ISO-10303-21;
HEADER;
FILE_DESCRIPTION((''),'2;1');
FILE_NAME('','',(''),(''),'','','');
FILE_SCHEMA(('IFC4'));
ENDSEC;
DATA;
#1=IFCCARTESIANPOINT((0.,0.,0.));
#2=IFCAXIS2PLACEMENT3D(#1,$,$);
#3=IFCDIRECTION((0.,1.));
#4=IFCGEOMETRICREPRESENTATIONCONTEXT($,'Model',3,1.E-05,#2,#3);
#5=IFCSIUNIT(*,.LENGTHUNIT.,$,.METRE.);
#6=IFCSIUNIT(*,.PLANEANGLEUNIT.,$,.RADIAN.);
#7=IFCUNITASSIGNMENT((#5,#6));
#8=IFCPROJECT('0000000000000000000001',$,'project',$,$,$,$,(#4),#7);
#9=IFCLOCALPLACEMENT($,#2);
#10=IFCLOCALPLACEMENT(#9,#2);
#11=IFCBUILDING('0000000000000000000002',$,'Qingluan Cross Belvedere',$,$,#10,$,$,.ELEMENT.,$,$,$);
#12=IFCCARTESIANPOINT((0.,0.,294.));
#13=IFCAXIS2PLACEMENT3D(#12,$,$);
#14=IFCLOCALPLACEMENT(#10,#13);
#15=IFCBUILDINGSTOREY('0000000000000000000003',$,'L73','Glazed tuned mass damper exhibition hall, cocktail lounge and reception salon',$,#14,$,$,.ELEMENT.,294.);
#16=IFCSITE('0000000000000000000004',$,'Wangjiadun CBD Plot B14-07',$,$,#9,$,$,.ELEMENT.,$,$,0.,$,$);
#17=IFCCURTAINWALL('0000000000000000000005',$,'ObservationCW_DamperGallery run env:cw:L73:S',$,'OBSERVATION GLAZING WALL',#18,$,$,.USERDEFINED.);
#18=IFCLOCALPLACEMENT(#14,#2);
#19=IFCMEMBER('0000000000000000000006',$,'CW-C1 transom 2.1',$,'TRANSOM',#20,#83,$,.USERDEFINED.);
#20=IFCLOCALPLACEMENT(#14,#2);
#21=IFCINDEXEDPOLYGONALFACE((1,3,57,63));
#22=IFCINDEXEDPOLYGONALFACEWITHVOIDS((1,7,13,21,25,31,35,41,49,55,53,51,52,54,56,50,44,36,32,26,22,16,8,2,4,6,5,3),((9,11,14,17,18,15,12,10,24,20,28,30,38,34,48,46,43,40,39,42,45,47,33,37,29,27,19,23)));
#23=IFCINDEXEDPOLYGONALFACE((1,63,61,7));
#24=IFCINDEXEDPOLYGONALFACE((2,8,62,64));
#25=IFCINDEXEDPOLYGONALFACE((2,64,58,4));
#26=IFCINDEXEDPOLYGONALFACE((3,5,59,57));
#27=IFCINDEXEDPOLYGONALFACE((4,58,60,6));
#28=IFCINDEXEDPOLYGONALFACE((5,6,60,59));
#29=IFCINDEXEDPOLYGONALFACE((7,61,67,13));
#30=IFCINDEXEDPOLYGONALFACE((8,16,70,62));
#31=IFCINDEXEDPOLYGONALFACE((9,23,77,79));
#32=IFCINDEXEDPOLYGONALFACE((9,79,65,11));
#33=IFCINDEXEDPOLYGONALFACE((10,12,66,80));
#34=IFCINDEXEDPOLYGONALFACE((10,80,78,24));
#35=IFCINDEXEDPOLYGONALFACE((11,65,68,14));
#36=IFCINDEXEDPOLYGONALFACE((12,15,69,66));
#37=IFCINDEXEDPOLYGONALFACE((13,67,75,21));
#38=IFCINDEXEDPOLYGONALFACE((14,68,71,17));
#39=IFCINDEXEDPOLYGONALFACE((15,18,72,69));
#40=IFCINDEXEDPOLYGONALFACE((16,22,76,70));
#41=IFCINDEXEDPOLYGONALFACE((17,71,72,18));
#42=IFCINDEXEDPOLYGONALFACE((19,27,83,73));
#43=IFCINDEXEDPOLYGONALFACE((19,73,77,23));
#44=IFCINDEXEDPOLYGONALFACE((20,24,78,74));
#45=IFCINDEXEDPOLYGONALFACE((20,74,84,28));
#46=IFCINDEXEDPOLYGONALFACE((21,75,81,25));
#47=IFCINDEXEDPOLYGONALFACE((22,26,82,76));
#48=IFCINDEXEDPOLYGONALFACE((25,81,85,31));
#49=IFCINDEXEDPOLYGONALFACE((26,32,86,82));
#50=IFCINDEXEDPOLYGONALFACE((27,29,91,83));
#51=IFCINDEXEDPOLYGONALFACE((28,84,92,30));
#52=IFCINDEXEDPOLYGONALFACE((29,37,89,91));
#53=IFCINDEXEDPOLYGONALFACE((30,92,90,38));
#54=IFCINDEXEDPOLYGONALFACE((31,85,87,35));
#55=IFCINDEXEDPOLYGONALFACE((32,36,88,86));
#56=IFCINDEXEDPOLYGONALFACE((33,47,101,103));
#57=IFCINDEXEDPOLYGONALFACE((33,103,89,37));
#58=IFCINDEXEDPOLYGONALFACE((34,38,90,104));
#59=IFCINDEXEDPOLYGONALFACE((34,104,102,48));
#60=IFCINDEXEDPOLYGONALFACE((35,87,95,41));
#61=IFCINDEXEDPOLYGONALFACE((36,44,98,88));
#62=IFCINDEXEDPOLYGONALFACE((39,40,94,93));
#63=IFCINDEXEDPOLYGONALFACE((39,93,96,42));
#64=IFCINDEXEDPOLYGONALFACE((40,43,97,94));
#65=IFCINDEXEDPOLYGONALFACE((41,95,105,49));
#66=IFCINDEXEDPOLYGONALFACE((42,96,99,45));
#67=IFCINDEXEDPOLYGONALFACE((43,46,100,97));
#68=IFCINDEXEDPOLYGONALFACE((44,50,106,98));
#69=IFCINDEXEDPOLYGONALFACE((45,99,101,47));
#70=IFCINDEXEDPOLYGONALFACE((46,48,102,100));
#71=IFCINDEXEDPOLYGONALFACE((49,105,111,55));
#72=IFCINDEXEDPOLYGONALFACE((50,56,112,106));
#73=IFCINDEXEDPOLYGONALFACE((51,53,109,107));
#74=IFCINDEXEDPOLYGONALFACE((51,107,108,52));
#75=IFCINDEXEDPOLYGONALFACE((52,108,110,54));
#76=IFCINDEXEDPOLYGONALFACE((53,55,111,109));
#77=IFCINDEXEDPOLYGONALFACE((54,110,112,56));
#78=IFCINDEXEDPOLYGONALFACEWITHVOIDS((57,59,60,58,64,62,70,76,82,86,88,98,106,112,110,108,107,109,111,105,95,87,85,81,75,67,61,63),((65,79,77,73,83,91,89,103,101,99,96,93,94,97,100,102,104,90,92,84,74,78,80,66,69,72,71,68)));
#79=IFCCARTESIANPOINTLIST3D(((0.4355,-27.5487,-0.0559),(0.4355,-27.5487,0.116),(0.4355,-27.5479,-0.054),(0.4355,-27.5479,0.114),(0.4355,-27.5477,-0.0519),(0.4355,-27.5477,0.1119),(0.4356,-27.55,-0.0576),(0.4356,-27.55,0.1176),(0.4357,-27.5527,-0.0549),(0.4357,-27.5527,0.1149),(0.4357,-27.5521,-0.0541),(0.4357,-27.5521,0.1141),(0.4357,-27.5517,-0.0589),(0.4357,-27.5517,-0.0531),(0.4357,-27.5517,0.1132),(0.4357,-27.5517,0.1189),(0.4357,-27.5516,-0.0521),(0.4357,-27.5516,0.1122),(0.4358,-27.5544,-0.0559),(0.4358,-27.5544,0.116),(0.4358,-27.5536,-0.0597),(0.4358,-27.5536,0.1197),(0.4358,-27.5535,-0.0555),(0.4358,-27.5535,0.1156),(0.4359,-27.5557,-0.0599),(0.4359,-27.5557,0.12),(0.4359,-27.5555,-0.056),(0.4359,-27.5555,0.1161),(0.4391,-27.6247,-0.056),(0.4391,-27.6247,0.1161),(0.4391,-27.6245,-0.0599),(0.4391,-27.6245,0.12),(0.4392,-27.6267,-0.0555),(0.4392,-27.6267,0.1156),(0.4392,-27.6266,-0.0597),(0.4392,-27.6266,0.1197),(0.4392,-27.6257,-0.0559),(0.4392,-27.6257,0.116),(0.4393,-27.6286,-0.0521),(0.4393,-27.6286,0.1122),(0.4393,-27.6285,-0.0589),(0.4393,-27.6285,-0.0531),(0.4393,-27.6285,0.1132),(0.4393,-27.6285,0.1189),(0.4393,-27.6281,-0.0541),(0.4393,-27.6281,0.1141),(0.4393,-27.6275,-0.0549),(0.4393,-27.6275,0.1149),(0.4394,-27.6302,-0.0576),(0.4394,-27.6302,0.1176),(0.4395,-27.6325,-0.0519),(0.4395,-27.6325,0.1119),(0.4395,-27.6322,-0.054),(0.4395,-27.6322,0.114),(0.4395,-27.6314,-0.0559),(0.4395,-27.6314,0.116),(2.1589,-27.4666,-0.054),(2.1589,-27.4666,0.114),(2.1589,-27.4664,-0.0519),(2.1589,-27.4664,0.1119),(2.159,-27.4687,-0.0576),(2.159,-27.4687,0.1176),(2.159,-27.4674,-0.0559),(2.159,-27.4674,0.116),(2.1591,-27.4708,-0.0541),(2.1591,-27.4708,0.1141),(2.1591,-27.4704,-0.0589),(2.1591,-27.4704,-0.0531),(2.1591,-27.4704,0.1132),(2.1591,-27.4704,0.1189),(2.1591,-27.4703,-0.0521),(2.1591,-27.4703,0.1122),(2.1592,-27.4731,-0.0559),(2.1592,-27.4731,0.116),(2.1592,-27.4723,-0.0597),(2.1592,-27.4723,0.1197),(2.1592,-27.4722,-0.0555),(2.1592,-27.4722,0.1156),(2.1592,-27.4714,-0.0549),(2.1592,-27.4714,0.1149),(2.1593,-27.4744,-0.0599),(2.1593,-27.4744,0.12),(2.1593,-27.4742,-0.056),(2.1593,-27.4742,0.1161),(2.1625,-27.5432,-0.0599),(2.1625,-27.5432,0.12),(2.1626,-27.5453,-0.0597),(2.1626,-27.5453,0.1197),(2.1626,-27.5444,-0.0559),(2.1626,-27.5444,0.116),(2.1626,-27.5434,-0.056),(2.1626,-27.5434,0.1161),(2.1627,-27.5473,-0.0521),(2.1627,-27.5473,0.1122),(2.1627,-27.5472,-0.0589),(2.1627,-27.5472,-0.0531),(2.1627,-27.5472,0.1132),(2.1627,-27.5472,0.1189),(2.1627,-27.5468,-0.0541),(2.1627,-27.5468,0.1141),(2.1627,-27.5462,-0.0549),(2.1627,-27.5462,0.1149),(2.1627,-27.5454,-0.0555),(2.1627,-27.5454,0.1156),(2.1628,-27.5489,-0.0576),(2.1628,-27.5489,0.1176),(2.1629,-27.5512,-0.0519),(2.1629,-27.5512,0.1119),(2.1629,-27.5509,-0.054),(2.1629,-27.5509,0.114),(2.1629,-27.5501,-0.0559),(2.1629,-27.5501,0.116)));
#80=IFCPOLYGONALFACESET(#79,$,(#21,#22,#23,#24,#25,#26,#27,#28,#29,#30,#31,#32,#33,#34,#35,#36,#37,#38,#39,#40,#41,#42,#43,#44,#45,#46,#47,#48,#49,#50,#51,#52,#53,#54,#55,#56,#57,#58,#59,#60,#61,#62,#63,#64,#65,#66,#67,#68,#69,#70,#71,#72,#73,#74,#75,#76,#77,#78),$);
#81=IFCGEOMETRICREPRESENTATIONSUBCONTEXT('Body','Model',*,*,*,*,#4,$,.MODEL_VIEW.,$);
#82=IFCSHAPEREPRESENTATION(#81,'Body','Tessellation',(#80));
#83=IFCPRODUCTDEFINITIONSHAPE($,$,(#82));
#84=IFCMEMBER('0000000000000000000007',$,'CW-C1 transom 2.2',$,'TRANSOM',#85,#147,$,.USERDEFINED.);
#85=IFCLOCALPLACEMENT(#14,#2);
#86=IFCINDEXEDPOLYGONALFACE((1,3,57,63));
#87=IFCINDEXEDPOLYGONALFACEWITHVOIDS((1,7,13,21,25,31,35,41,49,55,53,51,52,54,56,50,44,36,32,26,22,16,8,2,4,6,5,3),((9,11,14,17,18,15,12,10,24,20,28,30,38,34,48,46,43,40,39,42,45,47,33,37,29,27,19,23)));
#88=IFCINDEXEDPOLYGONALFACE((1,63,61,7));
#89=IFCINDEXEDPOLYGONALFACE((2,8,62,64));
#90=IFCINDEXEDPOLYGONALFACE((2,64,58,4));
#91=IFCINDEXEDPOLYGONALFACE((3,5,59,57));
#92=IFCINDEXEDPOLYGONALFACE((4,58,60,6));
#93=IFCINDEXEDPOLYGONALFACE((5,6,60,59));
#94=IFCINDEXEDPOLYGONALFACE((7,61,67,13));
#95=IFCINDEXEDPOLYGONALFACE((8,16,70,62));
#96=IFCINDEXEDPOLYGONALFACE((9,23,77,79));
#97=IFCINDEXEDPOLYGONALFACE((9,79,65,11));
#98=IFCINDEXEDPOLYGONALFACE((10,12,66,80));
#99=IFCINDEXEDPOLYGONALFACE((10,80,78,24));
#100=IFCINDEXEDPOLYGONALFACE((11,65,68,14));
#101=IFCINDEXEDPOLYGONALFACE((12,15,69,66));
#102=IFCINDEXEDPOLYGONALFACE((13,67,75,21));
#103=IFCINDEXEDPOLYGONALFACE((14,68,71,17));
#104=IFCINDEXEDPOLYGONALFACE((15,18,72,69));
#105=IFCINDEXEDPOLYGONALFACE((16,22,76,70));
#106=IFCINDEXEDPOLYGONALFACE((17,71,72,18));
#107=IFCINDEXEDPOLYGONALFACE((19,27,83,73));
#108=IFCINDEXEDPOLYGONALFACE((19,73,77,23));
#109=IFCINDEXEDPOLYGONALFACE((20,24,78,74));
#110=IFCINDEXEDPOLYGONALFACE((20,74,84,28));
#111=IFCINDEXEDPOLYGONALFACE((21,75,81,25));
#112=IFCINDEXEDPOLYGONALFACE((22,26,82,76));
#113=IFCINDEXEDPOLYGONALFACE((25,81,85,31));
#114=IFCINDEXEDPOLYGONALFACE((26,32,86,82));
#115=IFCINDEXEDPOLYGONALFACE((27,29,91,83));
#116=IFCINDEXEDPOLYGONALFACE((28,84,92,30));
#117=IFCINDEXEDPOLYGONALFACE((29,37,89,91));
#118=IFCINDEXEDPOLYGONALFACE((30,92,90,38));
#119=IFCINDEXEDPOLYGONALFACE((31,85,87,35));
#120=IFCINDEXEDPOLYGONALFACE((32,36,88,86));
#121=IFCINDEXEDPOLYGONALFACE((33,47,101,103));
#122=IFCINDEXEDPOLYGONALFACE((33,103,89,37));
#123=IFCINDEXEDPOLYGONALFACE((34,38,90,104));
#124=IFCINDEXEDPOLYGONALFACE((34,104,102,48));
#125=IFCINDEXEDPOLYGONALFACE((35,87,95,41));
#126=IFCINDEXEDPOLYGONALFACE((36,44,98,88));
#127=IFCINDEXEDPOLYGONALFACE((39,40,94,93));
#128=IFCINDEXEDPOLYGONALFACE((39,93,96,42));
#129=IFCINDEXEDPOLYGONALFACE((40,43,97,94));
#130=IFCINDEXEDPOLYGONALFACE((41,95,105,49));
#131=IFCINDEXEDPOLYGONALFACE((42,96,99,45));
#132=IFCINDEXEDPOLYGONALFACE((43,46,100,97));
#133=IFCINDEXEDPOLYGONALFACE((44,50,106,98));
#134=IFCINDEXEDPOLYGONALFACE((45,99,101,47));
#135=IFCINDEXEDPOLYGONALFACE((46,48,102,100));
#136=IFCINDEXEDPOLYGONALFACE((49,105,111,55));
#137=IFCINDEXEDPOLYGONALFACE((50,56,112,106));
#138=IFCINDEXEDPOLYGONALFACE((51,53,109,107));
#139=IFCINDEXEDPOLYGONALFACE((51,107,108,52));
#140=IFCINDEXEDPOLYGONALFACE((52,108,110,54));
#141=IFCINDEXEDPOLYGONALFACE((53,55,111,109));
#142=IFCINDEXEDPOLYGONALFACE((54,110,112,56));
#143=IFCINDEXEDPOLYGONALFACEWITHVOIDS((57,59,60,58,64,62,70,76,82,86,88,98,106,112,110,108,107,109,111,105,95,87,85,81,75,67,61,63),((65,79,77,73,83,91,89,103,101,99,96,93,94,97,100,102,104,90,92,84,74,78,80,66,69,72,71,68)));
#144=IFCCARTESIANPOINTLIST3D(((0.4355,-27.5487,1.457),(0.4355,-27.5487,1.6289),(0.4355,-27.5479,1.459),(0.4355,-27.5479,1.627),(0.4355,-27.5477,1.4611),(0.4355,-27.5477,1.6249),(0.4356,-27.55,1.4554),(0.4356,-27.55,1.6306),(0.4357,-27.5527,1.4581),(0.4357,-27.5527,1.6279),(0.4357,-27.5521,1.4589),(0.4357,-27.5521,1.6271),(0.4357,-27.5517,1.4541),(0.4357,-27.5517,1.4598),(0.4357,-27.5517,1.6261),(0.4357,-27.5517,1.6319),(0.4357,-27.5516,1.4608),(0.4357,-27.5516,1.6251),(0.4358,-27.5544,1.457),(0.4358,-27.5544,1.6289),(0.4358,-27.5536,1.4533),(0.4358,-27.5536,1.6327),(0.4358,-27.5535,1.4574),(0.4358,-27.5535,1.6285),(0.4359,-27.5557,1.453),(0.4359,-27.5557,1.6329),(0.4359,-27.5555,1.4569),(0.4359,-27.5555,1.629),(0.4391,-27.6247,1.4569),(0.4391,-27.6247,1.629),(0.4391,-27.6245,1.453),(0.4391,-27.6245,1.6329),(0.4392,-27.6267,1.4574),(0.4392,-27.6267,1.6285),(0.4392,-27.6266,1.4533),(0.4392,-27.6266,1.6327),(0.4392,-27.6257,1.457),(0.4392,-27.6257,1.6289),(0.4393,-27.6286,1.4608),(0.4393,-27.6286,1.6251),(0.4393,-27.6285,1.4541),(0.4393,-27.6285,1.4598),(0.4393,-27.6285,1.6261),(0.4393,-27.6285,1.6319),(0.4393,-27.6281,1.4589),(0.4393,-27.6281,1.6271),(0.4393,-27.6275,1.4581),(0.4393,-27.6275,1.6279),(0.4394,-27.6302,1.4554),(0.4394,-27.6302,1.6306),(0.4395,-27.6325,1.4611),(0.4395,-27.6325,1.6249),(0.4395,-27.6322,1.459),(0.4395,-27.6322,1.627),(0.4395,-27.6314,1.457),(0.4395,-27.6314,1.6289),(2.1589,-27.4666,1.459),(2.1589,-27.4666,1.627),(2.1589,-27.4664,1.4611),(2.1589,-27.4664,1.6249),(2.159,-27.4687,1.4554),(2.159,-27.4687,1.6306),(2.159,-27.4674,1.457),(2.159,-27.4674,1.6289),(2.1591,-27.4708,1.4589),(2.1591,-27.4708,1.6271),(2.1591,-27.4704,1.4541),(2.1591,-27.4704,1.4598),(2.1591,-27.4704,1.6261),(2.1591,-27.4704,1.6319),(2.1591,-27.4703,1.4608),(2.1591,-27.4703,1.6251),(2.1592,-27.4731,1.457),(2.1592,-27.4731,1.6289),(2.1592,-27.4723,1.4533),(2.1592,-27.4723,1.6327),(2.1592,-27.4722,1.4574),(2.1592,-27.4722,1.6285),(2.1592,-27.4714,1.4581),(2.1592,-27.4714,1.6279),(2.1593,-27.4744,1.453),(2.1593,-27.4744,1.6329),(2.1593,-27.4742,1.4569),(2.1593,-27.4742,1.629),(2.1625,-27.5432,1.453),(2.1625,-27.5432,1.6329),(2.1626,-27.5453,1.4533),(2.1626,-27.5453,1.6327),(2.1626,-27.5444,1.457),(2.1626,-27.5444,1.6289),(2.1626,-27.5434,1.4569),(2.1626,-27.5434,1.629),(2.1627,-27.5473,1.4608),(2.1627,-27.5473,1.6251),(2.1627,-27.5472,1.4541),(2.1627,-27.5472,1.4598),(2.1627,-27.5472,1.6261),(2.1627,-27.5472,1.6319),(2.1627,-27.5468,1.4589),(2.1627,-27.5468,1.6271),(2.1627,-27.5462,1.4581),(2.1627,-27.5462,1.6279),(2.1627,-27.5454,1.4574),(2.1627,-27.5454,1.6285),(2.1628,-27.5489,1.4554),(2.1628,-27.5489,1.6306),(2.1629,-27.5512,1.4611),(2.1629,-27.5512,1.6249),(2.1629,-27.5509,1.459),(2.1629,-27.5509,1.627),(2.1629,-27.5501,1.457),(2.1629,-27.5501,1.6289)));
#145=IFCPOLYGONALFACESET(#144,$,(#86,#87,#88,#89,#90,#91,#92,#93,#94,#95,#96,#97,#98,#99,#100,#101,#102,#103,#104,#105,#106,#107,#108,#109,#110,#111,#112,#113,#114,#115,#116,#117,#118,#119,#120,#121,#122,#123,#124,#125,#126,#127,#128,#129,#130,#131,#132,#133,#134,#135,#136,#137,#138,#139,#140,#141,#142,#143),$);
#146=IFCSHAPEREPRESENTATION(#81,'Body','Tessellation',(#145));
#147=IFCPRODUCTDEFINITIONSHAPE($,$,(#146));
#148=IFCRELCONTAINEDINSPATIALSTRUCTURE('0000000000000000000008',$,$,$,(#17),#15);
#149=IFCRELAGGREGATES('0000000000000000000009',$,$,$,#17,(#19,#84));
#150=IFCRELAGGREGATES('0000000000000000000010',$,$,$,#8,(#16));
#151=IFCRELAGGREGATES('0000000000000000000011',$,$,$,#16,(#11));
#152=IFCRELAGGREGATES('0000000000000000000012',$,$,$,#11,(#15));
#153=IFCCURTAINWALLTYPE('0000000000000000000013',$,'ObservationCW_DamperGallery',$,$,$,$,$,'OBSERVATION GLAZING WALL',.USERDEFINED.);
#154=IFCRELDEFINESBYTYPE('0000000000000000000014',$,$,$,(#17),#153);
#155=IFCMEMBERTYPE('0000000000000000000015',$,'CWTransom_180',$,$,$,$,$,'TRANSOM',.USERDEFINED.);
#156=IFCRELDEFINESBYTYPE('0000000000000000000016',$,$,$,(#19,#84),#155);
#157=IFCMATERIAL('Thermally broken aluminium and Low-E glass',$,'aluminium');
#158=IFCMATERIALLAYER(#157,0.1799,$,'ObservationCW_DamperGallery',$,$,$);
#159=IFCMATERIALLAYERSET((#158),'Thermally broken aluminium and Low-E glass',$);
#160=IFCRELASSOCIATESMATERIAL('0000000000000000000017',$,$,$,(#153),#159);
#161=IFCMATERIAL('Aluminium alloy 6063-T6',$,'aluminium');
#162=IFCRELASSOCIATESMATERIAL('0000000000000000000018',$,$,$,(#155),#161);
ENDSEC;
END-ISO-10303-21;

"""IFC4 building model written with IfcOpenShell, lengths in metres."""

from ifc_helpers import new_model, si_unit, direction, frame, origin, origin_2d, place, context, subcontext, project, spatial, hollow_rectangle, extrude, material, layer, layer_set, material_profile, profile_set, type_object, element, aggregate, save


model = new_model("IFC4")

# Units and contexts
model_context = context("Model", 3, precision=1e-05, world=origin(), true_north=direction((0.0, 1.0)))
body_context = subcontext(model_context, "Body", "Model", "MODEL_VIEW")
ifc_project = project(units=[si_unit("LENGTHUNIT", "METRE"), si_unit("PLANEANGLEUNIT", "RADIAN")], contexts=[model_context])

# Site, building, storey
site_placement = place(None, origin())
site = spatial("IfcSite", under=ifc_project, at=site_placement, Name="Wangjiadun CBD Plot B14-07", CompositionType="ELEMENT", RefElevation=0.0)
building_placement = place(site_placement, origin())
building = spatial("IfcBuilding", under=site, at=building_placement, Name="Qingluan Cross Belvedere", CompositionType="ELEMENT")
storey_placement = place(building_placement, frame((0.0, 0.0, 294.0)))
storey = spatial("IfcBuildingStorey", under=building, at=storey_placement, Name="L73", Description="Glazed tuned mass damper exhibition hall, cocktail lounge and reception salon", CompositionType="ELEMENT", Elevation=294.0)

# Curtain wall, members
ifc_material_1 = material(Name="Thermally broken aluminium and Low-E glass", Category="aluminium")
ifc_layer_1 = layer(ifc_material_1, 0.1799, Name="ObservationCW_DamperGallery")
ifc_layer_set_1 = layer_set([ifc_layer_1], Name="Thermally broken aluminium and Low-E glass")
curtain_wall_type = type_object("IfcCurtainWallType", Name="ObservationCW_DamperGallery", ElementType="OBSERVATION GLAZING WALL", PredefinedType="USERDEFINED", material=ifc_layer_set_1)
curtain_wall_placement = place(storey_placement, origin())
curtain_wall = element("IfcCurtainWall", 1, at=curtain_wall_placement, inside=storey, type_object=curtain_wall_type, Name="ObservationCW_DamperGallery run env:cw:L73:S", ObjectType="OBSERVATION GLAZING WALL", PredefinedType="USERDEFINED")
ifc_material_2 = material(Name="Aluminium alloy 6063-T6", Category="aluminium")
ifc_material_profile_1 = material_profile(ifc_material_2, hollow_rectangle(XDim=0.085, YDim=0.1799, WallThickness=0.0039, InnerFilletRadius=0.0039, OuterFilletRadius=0.0081, at=origin_2d()), Name="CWT180x85x4")
ifc_profile_set_1 = profile_set([ifc_material_profile_1], Name="Aluminium alloy 6063-T6")
member_type_1 = type_object("IfcMemberType", Name="CWTransom_180", ElementType="TRANSOM", PredefinedType="USERDEFINED", material=ifc_profile_set_1)
member_1_placement = place(storey_placement, frame((0.4375, -27.5901, 0.03), z_axis=(0.998889, 0.047121, 0.0), x_axis=(-0.047121, 0.998889, 0.0)))
member_1 = element("IfcMember", 2, at=member_1_placement, type_object=member_type_1, Name="CW-C1 transom 2.1", ObjectType="TRANSOM", PredefinedType="USERDEFINED", context=body_context, shape_type="SweptSolid", body=[
    extrude(hollow_rectangle(XDim=0.085, YDim=0.1799, WallThickness=0.0039, InnerFilletRadius=0.0039, OuterFilletRadius=0.0081, at=origin_2d()), origin(), (0.0, 0.0, 1.0), 1.7253),
])
member_2_placement = place(storey_placement, frame((0.4375, -27.5901, 1.543), z_axis=(0.998889, 0.047121, 0.0), x_axis=(-0.047121, 0.998889, 0.0)))
member_2 = element("IfcMember", 3, at=member_2_placement, type_object=member_type_1, Name="CW-C1 transom 2.2", ObjectType="TRANSOM", PredefinedType="USERDEFINED", context=body_context, shape_type="SweptSolid", body=[
    extrude(hollow_rectangle(XDim=0.085, YDim=0.1799, WallThickness=0.0039, InnerFilletRadius=0.0039, OuterFilletRadius=0.0081, at=origin_2d()), origin(), (0.0, 0.0, 1.0), 1.7253),
])
aggregate(curtain_wall, [member_1, member_2])

save(model, "model.ifc")
